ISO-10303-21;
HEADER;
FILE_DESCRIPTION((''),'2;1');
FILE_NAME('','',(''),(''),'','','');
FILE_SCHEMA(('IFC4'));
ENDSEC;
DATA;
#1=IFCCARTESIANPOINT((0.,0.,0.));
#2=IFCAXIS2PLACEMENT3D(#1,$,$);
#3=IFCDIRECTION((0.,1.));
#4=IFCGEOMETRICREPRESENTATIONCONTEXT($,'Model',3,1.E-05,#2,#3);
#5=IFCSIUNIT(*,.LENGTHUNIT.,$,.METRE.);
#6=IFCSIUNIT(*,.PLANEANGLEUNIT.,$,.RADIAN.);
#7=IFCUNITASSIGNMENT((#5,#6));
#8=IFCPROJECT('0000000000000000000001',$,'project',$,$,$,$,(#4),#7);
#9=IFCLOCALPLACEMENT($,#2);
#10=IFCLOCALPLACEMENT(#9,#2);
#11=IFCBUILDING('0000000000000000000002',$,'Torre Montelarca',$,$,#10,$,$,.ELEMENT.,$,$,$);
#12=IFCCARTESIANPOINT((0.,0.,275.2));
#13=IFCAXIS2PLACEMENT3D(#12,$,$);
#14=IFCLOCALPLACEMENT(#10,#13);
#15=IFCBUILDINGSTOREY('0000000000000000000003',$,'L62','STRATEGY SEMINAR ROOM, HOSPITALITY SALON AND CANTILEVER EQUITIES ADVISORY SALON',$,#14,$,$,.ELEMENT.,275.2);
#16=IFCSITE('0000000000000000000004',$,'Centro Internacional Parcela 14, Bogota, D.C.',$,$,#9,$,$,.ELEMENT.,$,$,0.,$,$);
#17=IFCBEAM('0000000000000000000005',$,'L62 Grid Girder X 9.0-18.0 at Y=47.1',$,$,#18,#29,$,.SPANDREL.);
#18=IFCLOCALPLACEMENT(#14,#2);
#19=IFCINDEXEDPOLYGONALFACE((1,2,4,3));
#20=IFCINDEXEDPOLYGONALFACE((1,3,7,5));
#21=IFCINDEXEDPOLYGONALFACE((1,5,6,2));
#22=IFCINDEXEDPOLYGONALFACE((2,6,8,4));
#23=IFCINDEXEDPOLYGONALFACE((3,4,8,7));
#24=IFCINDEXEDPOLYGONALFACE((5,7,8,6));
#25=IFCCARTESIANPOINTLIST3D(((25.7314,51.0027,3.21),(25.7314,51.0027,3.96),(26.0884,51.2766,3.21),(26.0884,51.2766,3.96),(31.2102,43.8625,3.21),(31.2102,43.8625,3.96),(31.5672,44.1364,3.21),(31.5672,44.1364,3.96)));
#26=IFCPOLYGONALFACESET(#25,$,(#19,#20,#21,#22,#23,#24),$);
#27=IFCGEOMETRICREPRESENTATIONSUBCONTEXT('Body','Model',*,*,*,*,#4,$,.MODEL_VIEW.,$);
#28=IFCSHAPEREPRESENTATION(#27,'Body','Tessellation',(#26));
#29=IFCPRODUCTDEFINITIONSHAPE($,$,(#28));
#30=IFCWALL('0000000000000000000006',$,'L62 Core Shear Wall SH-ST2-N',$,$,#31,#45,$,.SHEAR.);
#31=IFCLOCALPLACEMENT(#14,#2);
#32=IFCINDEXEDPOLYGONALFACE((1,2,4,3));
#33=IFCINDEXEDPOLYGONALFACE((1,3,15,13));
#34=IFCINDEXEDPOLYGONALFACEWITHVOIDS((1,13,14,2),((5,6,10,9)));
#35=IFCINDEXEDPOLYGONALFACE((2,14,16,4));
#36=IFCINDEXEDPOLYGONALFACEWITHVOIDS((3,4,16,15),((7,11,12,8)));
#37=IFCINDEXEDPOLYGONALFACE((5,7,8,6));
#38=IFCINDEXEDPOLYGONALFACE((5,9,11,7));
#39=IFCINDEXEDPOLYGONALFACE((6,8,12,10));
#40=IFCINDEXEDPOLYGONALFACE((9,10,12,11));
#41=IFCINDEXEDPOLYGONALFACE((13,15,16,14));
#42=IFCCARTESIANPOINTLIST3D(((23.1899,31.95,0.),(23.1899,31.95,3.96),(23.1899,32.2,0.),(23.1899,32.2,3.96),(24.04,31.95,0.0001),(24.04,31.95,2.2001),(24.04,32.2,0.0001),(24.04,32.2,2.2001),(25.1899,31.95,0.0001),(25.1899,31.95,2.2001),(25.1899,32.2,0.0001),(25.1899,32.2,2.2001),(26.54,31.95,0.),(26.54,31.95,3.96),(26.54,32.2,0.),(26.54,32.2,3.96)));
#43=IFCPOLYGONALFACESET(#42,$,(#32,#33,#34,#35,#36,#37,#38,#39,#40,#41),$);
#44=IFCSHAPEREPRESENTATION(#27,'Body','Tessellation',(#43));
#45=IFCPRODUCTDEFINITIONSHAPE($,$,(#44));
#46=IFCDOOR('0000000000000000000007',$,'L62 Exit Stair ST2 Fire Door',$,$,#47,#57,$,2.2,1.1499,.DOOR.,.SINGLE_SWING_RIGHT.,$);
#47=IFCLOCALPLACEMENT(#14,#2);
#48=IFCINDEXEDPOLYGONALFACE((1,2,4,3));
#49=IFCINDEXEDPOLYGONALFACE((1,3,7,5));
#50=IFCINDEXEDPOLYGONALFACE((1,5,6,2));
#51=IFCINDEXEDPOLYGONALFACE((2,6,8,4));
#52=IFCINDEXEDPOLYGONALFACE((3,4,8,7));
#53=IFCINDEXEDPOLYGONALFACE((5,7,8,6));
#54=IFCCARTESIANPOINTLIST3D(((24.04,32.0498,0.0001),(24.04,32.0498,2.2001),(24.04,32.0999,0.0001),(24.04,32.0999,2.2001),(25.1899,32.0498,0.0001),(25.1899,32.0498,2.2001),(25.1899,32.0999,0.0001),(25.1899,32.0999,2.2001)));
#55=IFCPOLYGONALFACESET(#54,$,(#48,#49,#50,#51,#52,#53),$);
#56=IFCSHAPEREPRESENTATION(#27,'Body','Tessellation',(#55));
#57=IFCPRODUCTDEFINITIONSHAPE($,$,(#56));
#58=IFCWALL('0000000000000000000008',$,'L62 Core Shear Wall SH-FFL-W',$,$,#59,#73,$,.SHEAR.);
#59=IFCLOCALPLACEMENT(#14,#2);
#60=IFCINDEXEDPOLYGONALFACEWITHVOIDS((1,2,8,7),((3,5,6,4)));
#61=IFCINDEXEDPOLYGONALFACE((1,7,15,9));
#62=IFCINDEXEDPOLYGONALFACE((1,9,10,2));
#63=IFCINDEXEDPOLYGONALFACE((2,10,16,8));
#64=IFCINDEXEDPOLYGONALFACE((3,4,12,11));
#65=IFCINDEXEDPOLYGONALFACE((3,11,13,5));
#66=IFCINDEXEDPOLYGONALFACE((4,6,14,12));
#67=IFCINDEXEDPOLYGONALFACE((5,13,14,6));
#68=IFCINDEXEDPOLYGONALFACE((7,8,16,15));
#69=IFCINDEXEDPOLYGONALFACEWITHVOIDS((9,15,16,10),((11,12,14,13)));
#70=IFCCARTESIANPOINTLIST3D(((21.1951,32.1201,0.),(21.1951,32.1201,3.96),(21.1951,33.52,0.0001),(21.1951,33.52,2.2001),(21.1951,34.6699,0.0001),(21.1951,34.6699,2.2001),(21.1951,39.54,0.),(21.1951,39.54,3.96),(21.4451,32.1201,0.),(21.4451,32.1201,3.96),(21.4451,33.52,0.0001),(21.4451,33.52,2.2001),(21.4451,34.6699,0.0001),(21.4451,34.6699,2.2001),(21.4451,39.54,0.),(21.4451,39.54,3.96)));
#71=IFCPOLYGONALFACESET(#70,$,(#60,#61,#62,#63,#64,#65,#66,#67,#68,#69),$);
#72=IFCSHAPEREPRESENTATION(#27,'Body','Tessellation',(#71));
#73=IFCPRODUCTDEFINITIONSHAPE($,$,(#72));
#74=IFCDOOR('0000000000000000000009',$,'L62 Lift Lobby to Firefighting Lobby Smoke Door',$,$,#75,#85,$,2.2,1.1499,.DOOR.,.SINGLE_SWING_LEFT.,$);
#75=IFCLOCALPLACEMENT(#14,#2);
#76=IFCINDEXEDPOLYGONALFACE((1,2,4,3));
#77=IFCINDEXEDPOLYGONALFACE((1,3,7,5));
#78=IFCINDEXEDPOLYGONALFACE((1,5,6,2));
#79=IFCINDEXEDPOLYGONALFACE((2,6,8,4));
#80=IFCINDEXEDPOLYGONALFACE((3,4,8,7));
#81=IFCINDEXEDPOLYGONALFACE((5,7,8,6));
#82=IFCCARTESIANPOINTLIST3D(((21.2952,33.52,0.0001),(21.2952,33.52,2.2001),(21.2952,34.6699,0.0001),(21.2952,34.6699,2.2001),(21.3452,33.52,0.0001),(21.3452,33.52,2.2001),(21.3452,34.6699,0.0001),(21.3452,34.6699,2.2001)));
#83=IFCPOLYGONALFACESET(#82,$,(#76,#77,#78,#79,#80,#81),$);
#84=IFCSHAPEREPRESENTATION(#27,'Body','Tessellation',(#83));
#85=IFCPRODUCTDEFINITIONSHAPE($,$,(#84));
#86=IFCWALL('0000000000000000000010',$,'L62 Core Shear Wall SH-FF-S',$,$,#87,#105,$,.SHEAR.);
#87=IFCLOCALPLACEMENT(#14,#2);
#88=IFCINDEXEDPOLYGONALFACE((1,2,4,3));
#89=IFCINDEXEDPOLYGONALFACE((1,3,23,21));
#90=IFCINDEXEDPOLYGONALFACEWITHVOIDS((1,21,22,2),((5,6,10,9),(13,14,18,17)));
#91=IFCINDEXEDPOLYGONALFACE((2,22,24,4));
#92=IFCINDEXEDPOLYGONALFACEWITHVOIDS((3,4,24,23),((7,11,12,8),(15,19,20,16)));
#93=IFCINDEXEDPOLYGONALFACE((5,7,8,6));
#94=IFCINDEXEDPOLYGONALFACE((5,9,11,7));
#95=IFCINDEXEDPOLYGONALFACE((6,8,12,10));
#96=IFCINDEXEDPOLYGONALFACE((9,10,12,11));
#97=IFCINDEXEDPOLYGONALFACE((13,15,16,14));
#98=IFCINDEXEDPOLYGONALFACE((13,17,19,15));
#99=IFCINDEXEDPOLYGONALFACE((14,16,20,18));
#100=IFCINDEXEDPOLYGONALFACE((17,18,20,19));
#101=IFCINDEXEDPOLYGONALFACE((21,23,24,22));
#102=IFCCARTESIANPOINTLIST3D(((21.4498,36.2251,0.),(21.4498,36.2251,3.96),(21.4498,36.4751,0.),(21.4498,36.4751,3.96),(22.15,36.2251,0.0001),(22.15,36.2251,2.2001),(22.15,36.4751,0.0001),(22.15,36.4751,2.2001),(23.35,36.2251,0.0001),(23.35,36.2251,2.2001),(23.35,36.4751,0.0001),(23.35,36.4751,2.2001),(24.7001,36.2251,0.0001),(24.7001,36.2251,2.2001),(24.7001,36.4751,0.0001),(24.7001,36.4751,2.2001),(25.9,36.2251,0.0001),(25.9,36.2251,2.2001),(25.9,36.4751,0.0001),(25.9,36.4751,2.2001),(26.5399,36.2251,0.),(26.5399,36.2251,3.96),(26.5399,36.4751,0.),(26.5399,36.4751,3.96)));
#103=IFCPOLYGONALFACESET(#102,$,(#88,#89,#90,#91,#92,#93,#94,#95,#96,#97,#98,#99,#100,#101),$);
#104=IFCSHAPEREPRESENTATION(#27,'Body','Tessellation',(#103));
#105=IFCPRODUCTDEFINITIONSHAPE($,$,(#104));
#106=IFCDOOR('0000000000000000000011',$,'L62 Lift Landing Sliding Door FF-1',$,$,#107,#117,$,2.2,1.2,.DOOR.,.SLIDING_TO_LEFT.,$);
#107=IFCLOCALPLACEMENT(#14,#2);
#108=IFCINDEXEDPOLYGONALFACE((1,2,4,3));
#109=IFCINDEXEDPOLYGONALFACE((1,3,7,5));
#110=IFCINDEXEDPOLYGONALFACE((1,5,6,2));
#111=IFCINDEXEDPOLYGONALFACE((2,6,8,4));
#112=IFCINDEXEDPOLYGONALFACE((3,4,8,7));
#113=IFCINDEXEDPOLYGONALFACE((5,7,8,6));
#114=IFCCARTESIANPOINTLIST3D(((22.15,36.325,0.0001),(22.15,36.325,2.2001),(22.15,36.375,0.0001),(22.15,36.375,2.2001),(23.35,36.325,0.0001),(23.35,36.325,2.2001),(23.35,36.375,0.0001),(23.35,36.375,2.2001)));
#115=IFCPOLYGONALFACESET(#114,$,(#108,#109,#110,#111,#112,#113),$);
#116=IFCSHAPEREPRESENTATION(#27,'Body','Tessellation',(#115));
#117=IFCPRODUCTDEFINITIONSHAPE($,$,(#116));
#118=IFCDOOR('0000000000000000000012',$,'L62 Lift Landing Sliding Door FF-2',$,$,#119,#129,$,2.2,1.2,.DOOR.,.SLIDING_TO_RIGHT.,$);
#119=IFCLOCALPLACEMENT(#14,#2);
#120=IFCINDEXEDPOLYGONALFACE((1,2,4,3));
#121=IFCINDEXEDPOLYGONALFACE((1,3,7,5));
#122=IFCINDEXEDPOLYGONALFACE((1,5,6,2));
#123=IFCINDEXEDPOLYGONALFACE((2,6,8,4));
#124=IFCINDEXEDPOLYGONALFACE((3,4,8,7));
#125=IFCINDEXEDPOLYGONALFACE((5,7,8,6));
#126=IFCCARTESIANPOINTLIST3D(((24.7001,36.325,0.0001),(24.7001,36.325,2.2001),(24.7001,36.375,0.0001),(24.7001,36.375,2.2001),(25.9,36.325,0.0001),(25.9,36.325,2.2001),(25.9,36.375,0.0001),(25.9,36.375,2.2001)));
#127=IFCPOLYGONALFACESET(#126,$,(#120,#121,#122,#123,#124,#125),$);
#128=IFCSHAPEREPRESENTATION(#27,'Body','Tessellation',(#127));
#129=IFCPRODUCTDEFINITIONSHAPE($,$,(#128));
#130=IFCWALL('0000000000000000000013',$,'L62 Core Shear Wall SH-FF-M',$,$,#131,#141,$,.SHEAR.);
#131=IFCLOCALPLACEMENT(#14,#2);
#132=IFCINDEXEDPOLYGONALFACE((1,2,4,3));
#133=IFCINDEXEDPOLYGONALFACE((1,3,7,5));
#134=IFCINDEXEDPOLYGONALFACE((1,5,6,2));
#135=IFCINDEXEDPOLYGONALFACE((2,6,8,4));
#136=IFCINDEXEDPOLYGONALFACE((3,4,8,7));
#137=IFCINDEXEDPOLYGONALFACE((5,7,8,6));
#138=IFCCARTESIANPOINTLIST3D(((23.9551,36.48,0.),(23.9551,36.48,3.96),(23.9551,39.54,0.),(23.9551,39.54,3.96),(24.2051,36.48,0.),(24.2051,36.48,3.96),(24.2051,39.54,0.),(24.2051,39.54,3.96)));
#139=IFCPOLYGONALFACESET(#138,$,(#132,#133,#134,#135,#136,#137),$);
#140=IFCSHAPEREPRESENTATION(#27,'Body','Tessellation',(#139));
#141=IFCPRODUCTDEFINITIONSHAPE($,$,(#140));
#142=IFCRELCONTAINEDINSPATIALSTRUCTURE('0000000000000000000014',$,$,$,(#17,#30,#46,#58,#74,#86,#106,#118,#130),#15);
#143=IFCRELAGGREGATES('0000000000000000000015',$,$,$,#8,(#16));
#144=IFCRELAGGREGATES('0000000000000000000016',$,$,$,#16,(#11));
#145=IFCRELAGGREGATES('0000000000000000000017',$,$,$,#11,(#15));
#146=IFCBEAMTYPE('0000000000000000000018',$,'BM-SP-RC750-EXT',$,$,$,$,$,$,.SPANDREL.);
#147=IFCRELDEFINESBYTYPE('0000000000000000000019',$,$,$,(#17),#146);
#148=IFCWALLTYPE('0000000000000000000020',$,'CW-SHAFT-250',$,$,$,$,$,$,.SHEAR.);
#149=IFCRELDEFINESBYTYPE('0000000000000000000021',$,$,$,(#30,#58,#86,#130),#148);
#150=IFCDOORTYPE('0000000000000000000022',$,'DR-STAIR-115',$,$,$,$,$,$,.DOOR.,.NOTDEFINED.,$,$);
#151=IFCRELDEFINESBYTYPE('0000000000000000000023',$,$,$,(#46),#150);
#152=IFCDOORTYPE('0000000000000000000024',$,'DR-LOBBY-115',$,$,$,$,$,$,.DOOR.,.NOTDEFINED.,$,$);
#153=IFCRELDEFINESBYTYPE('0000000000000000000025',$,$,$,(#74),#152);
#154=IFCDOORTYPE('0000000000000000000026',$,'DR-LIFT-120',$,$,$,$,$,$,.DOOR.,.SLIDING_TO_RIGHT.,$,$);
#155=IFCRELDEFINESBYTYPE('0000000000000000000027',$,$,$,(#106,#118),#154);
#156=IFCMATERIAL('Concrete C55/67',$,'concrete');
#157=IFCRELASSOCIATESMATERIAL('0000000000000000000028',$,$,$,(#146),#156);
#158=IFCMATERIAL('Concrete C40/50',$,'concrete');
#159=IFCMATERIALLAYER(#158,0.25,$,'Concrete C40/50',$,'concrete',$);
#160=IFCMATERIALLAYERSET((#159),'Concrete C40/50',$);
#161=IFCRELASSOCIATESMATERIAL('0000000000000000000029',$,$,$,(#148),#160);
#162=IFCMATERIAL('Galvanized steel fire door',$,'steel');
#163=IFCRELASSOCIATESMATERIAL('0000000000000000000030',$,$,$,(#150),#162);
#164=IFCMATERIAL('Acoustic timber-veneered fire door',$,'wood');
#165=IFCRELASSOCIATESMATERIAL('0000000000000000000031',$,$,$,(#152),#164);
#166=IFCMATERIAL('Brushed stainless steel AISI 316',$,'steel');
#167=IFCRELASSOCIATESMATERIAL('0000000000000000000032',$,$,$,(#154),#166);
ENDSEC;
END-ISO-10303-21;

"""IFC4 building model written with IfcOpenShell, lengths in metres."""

from ifc_helpers import new_model, si_unit, direction, frame, frame_2d, origin, origin_2d, place, context, subcontext, project, spatial, rectangle, extrude, source, transform, mapped, material, layer, layer_set, material_profile, profile_set, type_object, element, fill, save


model = new_model("IFC4")

# Units and contexts
model_context = context("Model", 3, precision=1e-05, world=origin(), true_north=direction((0.0, 1.0)))
body_context = subcontext(model_context, "Body", "Model", "MODEL_VIEW")
ifc_project = project(units=[si_unit("LENGTHUNIT", "METRE"), si_unit("PLANEANGLEUNIT", "RADIAN")], contexts=[model_context])

# Site, building, storey
site_placement = place(None, origin())
site = spatial("IfcSite", under=ifc_project, at=site_placement, Name="Centro Internacional Parcela 14, Bogota, D.C.", CompositionType="ELEMENT", RefElevation=0.0)
building_placement = place(site_placement, origin())
building = spatial("IfcBuilding", under=site, at=building_placement, Name="Torre Montelarca", CompositionType="ELEMENT")
storey_placement = place(building_placement, frame((0.0, 0.0, 275.2)))
storey = spatial("IfcBuildingStorey", under=building, at=storey_placement, Name="L62", Description="STRATEGY SEMINAR ROOM, HOSPITALITY SALON AND CANTILEVER EQUITIES ADVISORY SALON", CompositionType="ELEMENT", Elevation=275.2)

# Beam
ifc_material_1 = material(Name="Concrete C55/67", Category="concrete")
ifc_material_profile = material_profile(ifc_material_1, rectangle(XDim=0.45, YDim=0.75, at=origin_2d()), Name="RCB450X750", Category="concrete")
ifc_profile_set = profile_set([ifc_material_profile], Name="Concrete C55/67")
beam_type = type_object("IfcBeamType", Name="BM-SP-RC750-EXT", PredefinedType="SPANDREL", material=ifc_profile_set)
shared_shape_1 = source(origin(), body_context, "Body", "SweptSolid", [
    extrude(rectangle(XDim=0.45, YDim=0.75, at=origin_2d()), origin(), (0.0, 0.0, 1.0), 9.0),
])
beam_placement = place(storey_placement, frame((25.9099, 51.1396, 3.585), z_axis=(0.608757, -0.793357, 0.0), x_axis=(0.793357, 0.608757, 0.0)))
element("IfcBeam", 1, at=beam_placement, inside=storey, type_object=beam_type, Name="L62 Grid Girder X 9.0-18.0 at Y=47.1", PredefinedType="SPANDREL", context=body_context, shape_type="MappedRepresentation", body=[
    mapped(shared_shape_1, transform((0.0, 0.0, 0.0), scale=1.0)),
])

# Walls, openings, doors
ifc_material_2 = material(Name="Concrete C40/50", Category="concrete")
ifc_layer_1 = layer(ifc_material_2, 0.25, Name="Concrete C40/50", Category="concrete")
ifc_layer_set_1 = layer_set([ifc_layer_1], Name="Concrete C40/50")
wall_type_1 = type_object("IfcWallType", Name="CW-SHAFT-250", PredefinedType="SHEAR", material=ifc_layer_set_1)
wall_1_placement = place(storey_placement, frame((23.1899, 32.075, 0.0), z_axis=(0.0, 0.0, 1.0), x_axis=(1.0, 0.0, 0.0)))
wall_1 = element("IfcWall", 2, at=wall_1_placement, inside=storey, type_object=wall_type_1, Name="L62 Core Shear Wall SH-ST2-N", PredefinedType="SHEAR", context=body_context, shape_type="SweptSolid", body=[
    extrude(rectangle(XDim=3.3501, YDim=0.25, at=frame_2d((1.675, 0.0))), origin(), (0.0, 0.0, 1.0), 3.96),
])
opening_1_placement = place(wall_1_placement, frame((0.8501, 0.0, 0.0)))
opening_1 = element("IfcOpeningElement", 3, at=opening_1_placement, cuts=wall_1, PredefinedType="OPENING", context=body_context, shape_type="SweptSolid", body=[
    extrude(rectangle(XDim=1.1499, YDim=2.2, at=frame_2d((0.575, 1.1001))), frame((0.0, 0.135, 0.0), z_axis=(0.0, -1.0, 0.0), x_axis=(1.0, 0.0, 0.0)), (0.0, 0.0, 1.0), 0.27),
])
ifc_material_3 = material(Name="Galvanized steel fire door", Category="steel")
door_type_1 = type_object("IfcDoorType", Name="DR-STAIR-115", OperationType="NOTDEFINED", PredefinedType="DOOR", material=ifc_material_3)
shared_shape_2 = source(origin(), body_context, "Body", "SweptSolid", [
    extrude(rectangle(XDim=1.1499, YDim=2.2, at=frame_2d((0.575, 1.1001))), frame((0.0, 0.0249, 0.0), z_axis=(0.0, -1.0, 0.0), x_axis=(1.0, 0.0, 0.0)), (0.0, 0.0, 1.0), 0.05),
])
door_1_placement = place(opening_1_placement, origin())
door_1 = element("IfcDoor", 4, at=door_1_placement, inside=storey, type_object=door_type_1, Name="L62 Exit Stair ST2 Fire Door", OperationType="SINGLE_SWING_RIGHT", OverallHeight=2.2, OverallWidth=1.1499, PredefinedType="DOOR", context=body_context, shape_type="MappedRepresentation", body=[
    mapped(shared_shape_2, transform((0.0, 0.0, 0.0), scale=1.0)),
])
fill(opening_1, door_1)
wall_2_placement = place(storey_placement, frame((21.3201, 32.1201, 0.0), z_axis=(0.0, 0.0, 1.0), x_axis=(0.0, 1.0, 0.0)))
wall_2 = element("IfcWall", 5, at=wall_2_placement, inside=storey, type_object=wall_type_1, Name="L62 Core Shear Wall SH-FFL-W", PredefinedType="SHEAR", context=body_context, shape_type="SweptSolid", body=[
    extrude(rectangle(XDim=7.4199, YDim=0.25, at=frame_2d((3.71, 0.0))), origin(), (0.0, 0.0, 1.0), 3.96),
])
opening_2_placement = place(wall_2_placement, frame((1.3999, 0.0, 0.0)))
opening_2 = element("IfcOpeningElement", 6, at=opening_2_placement, cuts=wall_2, PredefinedType="OPENING", context=body_context, shape_type="SweptSolid", body=[
    extrude(rectangle(XDim=1.1499, YDim=2.2, at=frame_2d((0.575, 1.1001))), frame((0.0, 0.135, 0.0), z_axis=(0.0, -1.0, 0.0), x_axis=(1.0, 0.0, 0.0)), (0.0, 0.0, 1.0), 0.27),
])
ifc_material_4 = material(Name="Acoustic timber-veneered fire door", Category="wood")
door_type_2 = type_object("IfcDoorType", Name="DR-LOBBY-115", OperationType="NOTDEFINED", PredefinedType="DOOR", material=ifc_material_4)
shared_shape_3 = source(origin(), body_context, "Body", "SweptSolid", [
    extrude(rectangle(XDim=1.1499, YDim=2.2, at=frame_2d((0.575, 1.1001))), frame((0.0, 0.0249, 0.0), z_axis=(0.0, -1.0, 0.0), x_axis=(1.0, 0.0, 0.0)), (0.0, 0.0, 1.0), 0.05),
])
door_2_placement = place(opening_2_placement, origin())
door_2 = element("IfcDoor", 7, at=door_2_placement, inside=storey, type_object=door_type_2, Name="L62 Lift Lobby to Firefighting Lobby Smoke Door", OperationType="SINGLE_SWING_LEFT", OverallHeight=2.2, OverallWidth=1.1499, PredefinedType="DOOR", context=body_context, shape_type="MappedRepresentation", body=[
    mapped(shared_shape_3, transform((0.0, 0.0, 0.0), scale=1.0)),
])
fill(opening_2, door_2)

# Wall, openings, doors
wall_3_placement = place(storey_placement, frame((21.45, 36.3501, 0.0), z_axis=(0.0, 0.0, 1.0), x_axis=(1.0, 0.0, 0.0)))
wall_3 = element("IfcWall", 8, at=wall_3_placement, inside=storey, type_object=wall_type_1, Name="L62 Core Shear Wall SH-FF-S", PredefinedType="SHEAR", context=body_context, shape_type="SweptSolid", body=[
    extrude(rectangle(XDim=5.0901, YDim=0.25, at=frame_2d((2.5449, 0.0))), origin(), (0.0, 0.0, 1.0), 3.96),
])
opening_3_placement = place(wall_3_placement, frame((0.7, 0.0, 0.0)))
opening_3 = element("IfcOpeningElement", 9, at=opening_3_placement, cuts=wall_3, PredefinedType="OPENING", context=body_context, shape_type="SweptSolid", body=[
    extrude(rectangle(XDim=1.2, YDim=2.2, at=frame_2d((0.6001, 1.1001))), frame((0.0, 0.135, 0.0), z_axis=(0.0, -1.0, 0.0), x_axis=(1.0, 0.0, 0.0)), (0.0, 0.0, 1.0), 0.27),
])
opening_4_placement = place(wall_3_placement, frame((3.25, 0.0, 0.0)))
opening_4 = element("IfcOpeningElement", 10, at=opening_4_placement, cuts=wall_3, PredefinedType="OPENING", context=body_context, shape_type="SweptSolid", body=[
    extrude(rectangle(XDim=1.2, YDim=2.2, at=frame_2d((0.6001, 1.1001))), frame((0.0, 0.135, 0.0), z_axis=(0.0, -1.0, 0.0), x_axis=(1.0, 0.0, 0.0)), (0.0, 0.0, 1.0), 0.27),
])
ifc_material_5 = material(Name="Brushed stainless steel AISI 316", Category="steel")
door_type_3 = type_object("IfcDoorType", Name="DR-LIFT-120", OperationType="SLIDING_TO_RIGHT", PredefinedType="DOOR", material=ifc_material_5)
shared_shape_4 = source(origin(), body_context, "Body", "SweptSolid", [
    extrude(rectangle(XDim=1.2, YDim=2.2, at=frame_2d((0.6001, 1.1001))), frame((0.0, 0.0249, 0.0), z_axis=(0.0, -1.0, 0.0), x_axis=(1.0, 0.0, 0.0)), (0.0, 0.0, 1.0), 0.05),
])
door_3_placement = place(opening_3_placement, origin())
door_3 = element("IfcDoor", 11, at=door_3_placement, inside=storey, type_object=door_type_3, Name="L62 Lift Landing Sliding Door FF-1", OperationType="SLIDING_TO_LEFT", OverallHeight=2.2, OverallWidth=1.2, PredefinedType="DOOR", context=body_context, shape_type="MappedRepresentation", body=[
    mapped(shared_shape_4, transform((0.0, 0.0, 0.0), scale=1.0)),
])
fill(opening_3, door_3)
door_4_placement = place(opening_4_placement, origin())
door_4 = element("IfcDoor", 12, at=door_4_placement, inside=storey, type_object=door_type_3, Name="L62 Lift Landing Sliding Door FF-2", OperationType="SLIDING_TO_RIGHT", OverallHeight=2.2, OverallWidth=1.2, PredefinedType="DOOR", context=body_context, shape_type="MappedRepresentation", body=[
    mapped(shared_shape_4, transform((0.0, 0.0, 0.0), scale=1.0)),
])
fill(opening_4, door_4)

# Wall
wall_4_placement = place(storey_placement, frame((24.0801, 36.48, 0.0), z_axis=(0.0, 0.0, 1.0), x_axis=(0.0, 1.0, 0.0)))
element("IfcWall", 13, at=wall_4_placement, inside=storey, type_object=wall_type_1, Name="L62 Core Shear Wall SH-FF-M", PredefinedType="SHEAR", context=body_context, shape_type="SweptSolid", body=[
    extrude(rectangle(XDim=3.0601, YDim=0.25, at=frame_2d((1.53, 0.0))), origin(), (0.0, 0.0, 1.0), 3.96),
])

save(model, "model.ifc")
